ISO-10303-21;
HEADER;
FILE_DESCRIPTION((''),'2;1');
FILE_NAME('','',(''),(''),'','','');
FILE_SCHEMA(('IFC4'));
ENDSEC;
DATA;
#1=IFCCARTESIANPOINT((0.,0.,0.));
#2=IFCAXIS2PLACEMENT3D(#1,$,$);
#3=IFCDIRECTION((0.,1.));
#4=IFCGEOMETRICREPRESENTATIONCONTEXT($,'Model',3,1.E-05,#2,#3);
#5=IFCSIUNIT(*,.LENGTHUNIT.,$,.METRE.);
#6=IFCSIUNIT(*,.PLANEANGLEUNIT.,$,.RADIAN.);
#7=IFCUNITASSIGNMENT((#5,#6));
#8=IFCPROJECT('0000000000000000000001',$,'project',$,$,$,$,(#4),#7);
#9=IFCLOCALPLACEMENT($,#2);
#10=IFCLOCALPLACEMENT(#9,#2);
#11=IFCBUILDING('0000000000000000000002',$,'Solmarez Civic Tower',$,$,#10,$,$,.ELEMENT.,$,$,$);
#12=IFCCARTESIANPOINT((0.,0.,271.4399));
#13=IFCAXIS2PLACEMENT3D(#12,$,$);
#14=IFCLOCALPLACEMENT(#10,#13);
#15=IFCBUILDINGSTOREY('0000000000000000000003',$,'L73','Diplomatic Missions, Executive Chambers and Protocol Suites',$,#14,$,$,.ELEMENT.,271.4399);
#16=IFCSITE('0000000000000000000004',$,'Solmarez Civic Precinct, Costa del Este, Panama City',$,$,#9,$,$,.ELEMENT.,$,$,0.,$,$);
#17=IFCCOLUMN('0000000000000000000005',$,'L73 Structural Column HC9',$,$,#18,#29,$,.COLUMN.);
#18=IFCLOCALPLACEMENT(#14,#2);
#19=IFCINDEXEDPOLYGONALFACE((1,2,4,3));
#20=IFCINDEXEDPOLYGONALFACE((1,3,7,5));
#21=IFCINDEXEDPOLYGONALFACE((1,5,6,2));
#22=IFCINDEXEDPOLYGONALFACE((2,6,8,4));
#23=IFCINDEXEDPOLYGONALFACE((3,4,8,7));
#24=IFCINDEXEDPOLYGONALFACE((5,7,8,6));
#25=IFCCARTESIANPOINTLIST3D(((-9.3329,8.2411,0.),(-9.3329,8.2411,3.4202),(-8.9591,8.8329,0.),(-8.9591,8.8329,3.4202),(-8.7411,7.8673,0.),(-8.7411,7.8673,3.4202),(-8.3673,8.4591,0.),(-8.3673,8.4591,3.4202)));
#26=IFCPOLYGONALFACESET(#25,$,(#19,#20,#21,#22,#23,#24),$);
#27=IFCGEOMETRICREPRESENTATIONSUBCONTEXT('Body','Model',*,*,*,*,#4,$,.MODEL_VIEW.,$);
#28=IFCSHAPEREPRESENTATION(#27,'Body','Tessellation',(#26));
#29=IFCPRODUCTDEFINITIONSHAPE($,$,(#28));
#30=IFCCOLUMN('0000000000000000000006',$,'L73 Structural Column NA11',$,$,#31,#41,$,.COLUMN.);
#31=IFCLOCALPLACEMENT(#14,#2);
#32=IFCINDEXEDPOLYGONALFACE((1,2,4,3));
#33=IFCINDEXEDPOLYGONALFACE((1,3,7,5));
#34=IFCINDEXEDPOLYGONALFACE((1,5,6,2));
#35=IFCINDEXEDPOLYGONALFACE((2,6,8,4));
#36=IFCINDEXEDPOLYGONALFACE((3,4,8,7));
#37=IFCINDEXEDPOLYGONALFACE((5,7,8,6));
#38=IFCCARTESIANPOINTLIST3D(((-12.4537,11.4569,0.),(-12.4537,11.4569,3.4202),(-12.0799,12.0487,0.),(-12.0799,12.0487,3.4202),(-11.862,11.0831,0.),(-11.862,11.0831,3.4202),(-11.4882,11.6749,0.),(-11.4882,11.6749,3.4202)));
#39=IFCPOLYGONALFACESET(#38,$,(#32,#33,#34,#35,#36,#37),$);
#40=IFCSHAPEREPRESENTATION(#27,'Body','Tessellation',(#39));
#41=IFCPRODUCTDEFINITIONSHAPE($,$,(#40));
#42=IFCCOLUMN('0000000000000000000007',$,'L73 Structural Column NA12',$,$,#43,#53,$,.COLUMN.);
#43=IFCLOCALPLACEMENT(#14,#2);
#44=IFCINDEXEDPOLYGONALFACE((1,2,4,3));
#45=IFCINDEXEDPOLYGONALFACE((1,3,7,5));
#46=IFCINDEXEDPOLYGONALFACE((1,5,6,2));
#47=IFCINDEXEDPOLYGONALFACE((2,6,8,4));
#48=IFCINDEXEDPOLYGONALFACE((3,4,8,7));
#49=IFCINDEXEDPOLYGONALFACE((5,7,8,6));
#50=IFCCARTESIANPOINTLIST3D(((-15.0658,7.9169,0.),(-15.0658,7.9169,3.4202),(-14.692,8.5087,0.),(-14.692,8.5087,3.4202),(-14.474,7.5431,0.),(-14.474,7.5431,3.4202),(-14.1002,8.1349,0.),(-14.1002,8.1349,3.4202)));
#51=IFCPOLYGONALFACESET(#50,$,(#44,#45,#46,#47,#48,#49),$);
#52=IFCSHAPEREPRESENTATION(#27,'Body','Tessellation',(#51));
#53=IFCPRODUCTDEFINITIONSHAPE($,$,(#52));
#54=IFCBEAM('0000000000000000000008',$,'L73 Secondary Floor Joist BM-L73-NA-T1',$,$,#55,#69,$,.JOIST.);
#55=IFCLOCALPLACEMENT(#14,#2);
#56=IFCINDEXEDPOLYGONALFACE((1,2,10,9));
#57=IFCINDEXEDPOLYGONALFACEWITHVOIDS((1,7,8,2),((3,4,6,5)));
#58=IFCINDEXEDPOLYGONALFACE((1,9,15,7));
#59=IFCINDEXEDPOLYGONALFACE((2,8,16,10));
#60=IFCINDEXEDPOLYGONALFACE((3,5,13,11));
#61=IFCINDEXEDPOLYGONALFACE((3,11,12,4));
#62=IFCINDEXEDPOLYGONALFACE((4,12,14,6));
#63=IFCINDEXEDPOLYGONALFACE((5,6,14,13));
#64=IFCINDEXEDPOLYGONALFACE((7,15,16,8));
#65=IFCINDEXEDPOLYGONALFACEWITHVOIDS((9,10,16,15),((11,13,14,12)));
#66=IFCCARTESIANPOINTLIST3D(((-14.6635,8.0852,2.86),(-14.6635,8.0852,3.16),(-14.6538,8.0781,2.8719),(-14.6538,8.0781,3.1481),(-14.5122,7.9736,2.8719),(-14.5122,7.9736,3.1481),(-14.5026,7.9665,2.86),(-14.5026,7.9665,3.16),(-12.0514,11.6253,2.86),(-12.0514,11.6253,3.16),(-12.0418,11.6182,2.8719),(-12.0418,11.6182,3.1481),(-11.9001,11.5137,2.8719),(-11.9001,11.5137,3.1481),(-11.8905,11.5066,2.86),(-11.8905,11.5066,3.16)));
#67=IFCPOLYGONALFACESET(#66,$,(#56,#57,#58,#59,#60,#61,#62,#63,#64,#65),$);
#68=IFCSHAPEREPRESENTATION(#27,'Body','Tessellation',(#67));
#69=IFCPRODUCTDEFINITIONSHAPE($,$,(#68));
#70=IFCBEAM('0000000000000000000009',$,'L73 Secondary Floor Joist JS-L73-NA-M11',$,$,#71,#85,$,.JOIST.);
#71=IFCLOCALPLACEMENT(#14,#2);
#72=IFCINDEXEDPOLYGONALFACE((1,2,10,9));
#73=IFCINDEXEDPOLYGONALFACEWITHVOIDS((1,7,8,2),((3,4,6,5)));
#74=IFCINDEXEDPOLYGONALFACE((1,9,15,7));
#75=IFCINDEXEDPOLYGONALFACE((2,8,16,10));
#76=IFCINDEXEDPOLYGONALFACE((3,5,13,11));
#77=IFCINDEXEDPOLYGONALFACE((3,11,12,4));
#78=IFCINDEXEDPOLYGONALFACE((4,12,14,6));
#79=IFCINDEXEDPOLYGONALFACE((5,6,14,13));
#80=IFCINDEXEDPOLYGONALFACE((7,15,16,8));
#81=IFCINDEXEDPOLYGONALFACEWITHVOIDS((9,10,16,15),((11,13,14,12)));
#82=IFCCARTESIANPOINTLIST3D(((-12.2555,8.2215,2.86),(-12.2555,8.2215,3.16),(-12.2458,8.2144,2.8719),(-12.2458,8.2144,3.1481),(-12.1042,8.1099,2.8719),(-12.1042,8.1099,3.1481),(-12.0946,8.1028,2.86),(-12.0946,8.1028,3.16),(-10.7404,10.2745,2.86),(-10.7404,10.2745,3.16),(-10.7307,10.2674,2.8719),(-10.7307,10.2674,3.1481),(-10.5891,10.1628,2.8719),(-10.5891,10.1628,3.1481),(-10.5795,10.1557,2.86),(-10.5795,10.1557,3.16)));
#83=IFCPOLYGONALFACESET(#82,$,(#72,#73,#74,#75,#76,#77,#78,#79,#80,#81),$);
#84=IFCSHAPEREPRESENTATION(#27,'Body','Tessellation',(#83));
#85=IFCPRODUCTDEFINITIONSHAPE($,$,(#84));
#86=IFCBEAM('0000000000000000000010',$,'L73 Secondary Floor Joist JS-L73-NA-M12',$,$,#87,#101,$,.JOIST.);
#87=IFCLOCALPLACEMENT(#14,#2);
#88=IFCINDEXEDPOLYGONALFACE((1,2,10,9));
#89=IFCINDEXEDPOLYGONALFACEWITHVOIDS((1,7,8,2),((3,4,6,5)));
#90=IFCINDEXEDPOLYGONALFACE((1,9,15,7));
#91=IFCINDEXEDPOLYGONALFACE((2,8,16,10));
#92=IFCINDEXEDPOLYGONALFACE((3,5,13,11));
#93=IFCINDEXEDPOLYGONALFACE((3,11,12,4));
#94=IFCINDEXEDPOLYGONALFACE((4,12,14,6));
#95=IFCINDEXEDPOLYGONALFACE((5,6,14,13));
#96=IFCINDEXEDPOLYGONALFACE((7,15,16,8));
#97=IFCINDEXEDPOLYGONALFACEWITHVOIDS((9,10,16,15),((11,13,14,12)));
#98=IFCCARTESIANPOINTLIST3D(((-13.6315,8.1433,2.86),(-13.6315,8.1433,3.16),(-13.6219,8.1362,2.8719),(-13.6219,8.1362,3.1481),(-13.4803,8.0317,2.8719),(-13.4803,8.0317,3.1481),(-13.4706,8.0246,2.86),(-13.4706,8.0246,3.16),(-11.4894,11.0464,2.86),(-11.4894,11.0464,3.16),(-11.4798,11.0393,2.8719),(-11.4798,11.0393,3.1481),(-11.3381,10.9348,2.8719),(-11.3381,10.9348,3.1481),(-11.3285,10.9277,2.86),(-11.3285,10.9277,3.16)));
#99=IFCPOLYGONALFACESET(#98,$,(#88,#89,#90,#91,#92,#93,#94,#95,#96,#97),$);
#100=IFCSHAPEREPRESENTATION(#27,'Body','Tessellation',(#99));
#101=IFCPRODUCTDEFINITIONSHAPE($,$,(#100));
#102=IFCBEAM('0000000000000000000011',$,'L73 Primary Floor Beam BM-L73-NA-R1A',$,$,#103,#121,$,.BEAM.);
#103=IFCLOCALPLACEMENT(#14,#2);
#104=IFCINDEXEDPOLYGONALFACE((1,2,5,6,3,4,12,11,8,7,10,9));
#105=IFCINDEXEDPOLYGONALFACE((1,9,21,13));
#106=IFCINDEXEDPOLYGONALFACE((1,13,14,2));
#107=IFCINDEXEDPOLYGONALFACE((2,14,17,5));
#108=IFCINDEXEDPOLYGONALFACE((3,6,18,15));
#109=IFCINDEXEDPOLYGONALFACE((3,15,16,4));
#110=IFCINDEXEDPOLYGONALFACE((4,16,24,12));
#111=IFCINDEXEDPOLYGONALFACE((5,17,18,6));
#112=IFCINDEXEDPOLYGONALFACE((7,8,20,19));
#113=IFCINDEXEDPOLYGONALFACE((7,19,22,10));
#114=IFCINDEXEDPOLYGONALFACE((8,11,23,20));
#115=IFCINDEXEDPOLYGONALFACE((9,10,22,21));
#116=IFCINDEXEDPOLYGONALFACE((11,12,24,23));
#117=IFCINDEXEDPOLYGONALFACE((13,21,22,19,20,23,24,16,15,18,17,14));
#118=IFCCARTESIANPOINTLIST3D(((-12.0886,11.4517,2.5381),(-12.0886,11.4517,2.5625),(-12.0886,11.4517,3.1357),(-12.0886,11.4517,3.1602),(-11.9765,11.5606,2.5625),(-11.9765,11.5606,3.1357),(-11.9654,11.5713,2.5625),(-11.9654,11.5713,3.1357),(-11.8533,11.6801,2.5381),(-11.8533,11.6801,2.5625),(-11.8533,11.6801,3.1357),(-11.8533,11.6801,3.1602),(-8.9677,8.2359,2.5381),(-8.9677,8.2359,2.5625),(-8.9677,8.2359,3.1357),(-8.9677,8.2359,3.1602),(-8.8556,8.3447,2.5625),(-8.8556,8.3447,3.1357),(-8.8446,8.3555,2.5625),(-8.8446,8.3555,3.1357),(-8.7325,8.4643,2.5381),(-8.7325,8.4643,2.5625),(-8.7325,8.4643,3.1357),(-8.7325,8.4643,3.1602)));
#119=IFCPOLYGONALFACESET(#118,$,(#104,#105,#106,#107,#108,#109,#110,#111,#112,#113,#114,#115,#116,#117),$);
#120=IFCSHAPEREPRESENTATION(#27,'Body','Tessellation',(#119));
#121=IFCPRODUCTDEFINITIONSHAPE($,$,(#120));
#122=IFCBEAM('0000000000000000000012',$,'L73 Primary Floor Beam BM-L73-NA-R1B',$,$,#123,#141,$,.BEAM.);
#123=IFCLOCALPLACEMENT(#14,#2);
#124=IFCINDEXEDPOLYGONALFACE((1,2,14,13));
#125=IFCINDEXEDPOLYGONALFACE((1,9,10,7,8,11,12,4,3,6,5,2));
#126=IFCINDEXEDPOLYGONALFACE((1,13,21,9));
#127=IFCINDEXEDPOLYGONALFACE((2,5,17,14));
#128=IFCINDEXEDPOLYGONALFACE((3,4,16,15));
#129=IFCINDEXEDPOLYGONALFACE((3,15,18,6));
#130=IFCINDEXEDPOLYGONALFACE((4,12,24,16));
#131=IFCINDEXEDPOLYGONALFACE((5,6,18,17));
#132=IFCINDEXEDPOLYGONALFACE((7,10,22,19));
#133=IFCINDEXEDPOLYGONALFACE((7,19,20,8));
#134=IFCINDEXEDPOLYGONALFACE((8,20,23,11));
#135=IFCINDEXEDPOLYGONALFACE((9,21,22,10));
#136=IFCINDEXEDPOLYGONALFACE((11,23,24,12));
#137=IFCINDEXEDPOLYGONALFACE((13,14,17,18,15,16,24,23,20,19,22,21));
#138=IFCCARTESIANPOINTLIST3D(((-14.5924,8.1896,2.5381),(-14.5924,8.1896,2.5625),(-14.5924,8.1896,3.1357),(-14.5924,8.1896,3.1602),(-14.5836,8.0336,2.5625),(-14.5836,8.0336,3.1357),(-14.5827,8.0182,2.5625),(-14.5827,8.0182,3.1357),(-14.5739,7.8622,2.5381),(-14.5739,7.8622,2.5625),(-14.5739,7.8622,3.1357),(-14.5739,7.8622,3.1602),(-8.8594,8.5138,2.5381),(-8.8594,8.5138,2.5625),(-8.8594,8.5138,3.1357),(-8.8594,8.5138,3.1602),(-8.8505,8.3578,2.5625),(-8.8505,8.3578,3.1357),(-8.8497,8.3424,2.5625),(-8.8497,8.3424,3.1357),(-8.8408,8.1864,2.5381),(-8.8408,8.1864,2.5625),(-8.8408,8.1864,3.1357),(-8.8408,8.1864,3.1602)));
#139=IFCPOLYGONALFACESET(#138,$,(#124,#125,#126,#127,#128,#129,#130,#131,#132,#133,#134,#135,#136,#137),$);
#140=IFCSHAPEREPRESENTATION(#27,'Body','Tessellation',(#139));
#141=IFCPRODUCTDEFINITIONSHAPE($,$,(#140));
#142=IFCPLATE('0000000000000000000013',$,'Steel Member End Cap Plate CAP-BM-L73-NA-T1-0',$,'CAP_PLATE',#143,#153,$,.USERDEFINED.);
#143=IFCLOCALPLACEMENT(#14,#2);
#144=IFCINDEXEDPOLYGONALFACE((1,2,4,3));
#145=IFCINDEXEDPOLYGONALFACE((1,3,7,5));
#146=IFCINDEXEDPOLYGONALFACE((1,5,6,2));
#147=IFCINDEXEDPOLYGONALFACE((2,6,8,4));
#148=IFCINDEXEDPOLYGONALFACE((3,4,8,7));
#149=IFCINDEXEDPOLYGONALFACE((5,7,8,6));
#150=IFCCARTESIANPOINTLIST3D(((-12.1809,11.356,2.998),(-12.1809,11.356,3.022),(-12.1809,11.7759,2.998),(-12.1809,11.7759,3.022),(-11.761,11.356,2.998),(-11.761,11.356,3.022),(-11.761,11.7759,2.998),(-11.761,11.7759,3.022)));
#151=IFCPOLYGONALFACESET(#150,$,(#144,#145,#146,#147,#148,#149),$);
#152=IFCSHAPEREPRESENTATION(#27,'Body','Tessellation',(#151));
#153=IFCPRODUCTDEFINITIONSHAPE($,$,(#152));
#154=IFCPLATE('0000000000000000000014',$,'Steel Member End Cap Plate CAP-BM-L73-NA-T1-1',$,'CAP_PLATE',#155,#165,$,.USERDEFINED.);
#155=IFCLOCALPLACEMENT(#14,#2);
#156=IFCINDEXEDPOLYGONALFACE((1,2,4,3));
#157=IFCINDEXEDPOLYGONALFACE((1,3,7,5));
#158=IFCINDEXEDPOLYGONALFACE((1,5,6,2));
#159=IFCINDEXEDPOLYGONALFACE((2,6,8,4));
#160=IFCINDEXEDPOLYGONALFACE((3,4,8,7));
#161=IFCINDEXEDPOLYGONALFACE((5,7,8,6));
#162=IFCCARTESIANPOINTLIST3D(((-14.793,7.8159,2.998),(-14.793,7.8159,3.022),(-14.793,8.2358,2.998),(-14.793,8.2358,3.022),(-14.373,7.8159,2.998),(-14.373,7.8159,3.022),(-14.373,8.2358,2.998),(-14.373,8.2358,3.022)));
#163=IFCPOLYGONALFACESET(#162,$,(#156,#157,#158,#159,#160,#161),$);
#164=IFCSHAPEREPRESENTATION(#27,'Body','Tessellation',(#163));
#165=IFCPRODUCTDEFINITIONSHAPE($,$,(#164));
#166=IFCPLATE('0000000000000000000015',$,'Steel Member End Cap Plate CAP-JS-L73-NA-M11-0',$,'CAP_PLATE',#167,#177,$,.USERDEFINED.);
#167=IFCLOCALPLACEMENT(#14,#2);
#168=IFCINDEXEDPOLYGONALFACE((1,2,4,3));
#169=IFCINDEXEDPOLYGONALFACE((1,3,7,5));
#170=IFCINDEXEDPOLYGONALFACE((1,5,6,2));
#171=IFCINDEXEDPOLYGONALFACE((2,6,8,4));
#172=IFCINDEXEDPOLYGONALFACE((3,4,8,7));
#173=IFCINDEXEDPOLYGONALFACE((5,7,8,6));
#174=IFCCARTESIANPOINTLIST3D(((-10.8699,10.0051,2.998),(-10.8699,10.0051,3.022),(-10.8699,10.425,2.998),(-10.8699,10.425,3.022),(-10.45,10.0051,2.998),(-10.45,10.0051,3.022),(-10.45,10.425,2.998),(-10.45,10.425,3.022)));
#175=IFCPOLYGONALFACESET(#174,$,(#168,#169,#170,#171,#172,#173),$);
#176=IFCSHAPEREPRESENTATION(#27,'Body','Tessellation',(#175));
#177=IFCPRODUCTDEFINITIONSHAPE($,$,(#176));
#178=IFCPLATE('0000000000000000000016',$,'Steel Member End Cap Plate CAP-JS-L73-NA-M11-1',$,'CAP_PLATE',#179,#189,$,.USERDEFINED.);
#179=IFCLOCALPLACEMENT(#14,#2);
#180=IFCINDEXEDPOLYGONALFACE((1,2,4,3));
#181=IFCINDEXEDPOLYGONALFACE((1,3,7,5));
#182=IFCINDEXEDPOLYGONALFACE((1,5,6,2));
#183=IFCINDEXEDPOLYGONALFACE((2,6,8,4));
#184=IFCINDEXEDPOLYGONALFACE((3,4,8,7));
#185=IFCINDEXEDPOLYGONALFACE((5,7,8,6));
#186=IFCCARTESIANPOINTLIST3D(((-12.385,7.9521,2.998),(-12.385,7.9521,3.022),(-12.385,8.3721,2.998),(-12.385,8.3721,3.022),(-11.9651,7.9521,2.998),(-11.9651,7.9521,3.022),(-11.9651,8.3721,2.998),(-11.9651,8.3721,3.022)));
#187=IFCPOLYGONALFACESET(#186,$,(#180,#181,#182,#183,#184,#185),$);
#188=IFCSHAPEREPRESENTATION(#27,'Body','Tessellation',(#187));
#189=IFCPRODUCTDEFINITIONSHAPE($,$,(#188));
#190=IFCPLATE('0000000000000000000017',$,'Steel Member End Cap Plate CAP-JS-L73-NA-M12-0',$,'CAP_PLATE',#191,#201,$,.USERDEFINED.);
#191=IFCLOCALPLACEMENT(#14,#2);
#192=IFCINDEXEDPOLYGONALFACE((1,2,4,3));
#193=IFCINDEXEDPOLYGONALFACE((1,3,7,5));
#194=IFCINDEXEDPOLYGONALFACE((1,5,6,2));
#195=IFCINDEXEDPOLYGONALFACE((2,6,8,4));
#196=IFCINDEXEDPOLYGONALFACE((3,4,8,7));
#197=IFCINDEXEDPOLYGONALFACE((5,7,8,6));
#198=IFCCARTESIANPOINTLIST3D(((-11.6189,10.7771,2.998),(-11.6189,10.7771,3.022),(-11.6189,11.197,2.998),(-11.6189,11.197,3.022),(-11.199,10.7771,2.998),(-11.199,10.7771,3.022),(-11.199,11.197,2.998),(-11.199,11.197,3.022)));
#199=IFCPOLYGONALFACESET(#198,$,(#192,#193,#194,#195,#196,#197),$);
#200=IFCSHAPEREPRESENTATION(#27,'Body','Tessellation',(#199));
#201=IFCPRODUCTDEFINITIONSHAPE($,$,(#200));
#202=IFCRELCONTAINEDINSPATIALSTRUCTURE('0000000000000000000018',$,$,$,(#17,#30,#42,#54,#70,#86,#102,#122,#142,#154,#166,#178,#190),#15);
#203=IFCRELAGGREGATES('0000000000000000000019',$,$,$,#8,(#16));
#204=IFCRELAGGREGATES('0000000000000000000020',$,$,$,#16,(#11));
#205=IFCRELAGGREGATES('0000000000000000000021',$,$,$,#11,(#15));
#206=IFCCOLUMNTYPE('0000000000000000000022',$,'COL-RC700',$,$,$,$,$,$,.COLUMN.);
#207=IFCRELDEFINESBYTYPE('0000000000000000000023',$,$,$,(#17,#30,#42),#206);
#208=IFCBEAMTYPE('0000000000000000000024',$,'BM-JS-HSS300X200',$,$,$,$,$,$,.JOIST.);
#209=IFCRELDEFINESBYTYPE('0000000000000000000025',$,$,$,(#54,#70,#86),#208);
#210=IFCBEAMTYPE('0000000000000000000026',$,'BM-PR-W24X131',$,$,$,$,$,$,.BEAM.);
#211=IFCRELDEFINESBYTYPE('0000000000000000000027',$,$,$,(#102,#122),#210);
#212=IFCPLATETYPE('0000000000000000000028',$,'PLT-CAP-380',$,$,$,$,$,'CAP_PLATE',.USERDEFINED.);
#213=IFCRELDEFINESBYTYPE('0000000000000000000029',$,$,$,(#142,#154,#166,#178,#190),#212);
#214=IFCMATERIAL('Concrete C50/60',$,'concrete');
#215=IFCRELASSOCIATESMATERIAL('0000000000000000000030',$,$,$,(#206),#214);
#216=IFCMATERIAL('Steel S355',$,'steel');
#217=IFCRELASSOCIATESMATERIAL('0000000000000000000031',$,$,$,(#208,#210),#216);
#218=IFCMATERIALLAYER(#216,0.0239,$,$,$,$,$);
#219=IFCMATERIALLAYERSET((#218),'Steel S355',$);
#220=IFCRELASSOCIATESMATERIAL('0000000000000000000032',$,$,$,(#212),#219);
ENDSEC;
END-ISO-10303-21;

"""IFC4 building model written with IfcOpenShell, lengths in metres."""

from ifc_helpers import new_model, si_unit, direction, frame, origin, origin_2d, place, context, subcontext, project, spatial, rectangle, hollow_rectangle, i_section, extrude, material, layer, layer_set, material_profile, profile_set, type_object, element, save


model = new_model("IFC4")

# Units and contexts
model_context = context("Model", 3, precision=1e-05, world=origin(), true_north=direction((0.0, 1.0)))
body_context = subcontext(model_context, "Body", "Model", "MODEL_VIEW")
ifc_project = project(units=[si_unit("LENGTHUNIT", "METRE"), si_unit("PLANEANGLEUNIT", "RADIAN")], contexts=[model_context])

# Site, building, storey
site_placement = place(None, origin())
site = spatial("IfcSite", under=ifc_project, at=site_placement, Name="Solmarez Civic Precinct, Costa del Este, Panama City", CompositionType="ELEMENT", RefElevation=0.0)
building_placement = place(site_placement, origin())
building = spatial("IfcBuilding", under=site, at=building_placement, Name="Solmarez Civic Tower", CompositionType="ELEMENT")
storey_placement = place(building_placement, frame((0.0, 0.0, 271.4399)))
storey = spatial("IfcBuildingStorey", under=building, at=storey_placement, Name="L73", Description="Diplomatic Missions, Executive Chambers and Protocol Suites", CompositionType="ELEMENT", Elevation=271.4399)

# Columns
ifc_material_1 = material(Name="Concrete C50/60", Category="concrete")
ifc_material_profile_1 = material_profile(ifc_material_1, rectangle(XDim=0.7, YDim=0.7, at=origin_2d()), Name="RC700X700")
ifc_profile_set_1 = profile_set([ifc_material_profile_1], Name="Concrete C50/60")
column_type = type_object("IfcColumnType", Name="COL-RC700", PredefinedType="COLUMN", material=ifc_profile_set_1)
for number, where, z_axis, x_axis, name in (
    (1, (-8.8501, 8.3501, 0.0), (0.0, 0.0, 1.0), (0.534057, 0.845448, 0.0), "L73 Structural Column HC9"),
    (2, (-11.9709, 11.5659, 0.0), (0.0, 0.0, 1.0), (0.534057, 0.845448, 0.0), "L73 Structural Column NA11"),
    (3, (-14.583, 8.0259, 0.0), (0.0, 0.0, 1.0), (0.534057, 0.845448, 0.0), "L73 Structural Column NA12"),
):
    element("IfcColumn", number, at=place(storey_placement, frame(where, z_axis=z_axis, x_axis=x_axis)), inside=storey, type_object=column_type, Name=name, PredefinedType="COLUMN", context=body_context, shape_type="SweptSolid", body=[
        extrude(rectangle(XDim=0.7, YDim=0.7, at=origin_2d()), origin(), (0.0, 0.0, 1.0), 3.4202),
    ])

# Beams
ifc_material_2 = material(Name="Steel S355", Category="steel")
ifc_material_profile_2 = material_profile(ifc_material_2, hollow_rectangle(XDim=0.2, YDim=0.3, WallThickness=0.012, at=origin_2d()), Name="HSS300X200X12")
ifc_profile_set_2 = profile_set([ifc_material_profile_2], Name="Steel S355")
beam_type_1 = type_object("IfcBeamType", Name="BM-JS-HSS300X200", PredefinedType="JOIST", material=ifc_profile_set_2)
beam_1_placement = place(storey_placement, frame((-11.9709, 11.5659, 3.01), z_axis=(-0.593731, -0.804664, 0.0), x_axis=(0.804664, -0.593731, 0.0)))
element("IfcBeam", 4, at=beam_1_placement, inside=storey, type_object=beam_type_1, Name="L73 Secondary Floor Joist BM-L73-NA-T1", PredefinedType="JOIST", context=body_context, shape_type="SweptSolid", body=[
    extrude(hollow_rectangle(XDim=0.2, YDim=0.3, WallThickness=0.012, at=origin_2d()), origin(), (0.0, 0.0, 1.0), 4.3994),
])
beam_2_placement = place(storey_placement, frame((-10.6599, 10.2151, 3.01), z_axis=(-0.593812, -0.804603, 0.0), x_axis=(0.804603, -0.593812, 0.0)))
element("IfcBeam", 5, at=beam_2_placement, inside=storey, type_object=beam_type_1, Name="L73 Secondary Floor Joist JS-L73-NA-M11", PredefinedType="JOIST", context=body_context, shape_type="SweptSolid", body=[
    extrude(hollow_rectangle(XDim=0.2, YDim=0.3, WallThickness=0.012, at=origin_2d()), origin(), (0.0, 0.0, 1.0), 2.5515),
])
beam_3_placement = place(storey_placement, frame((-11.4089, 10.9871, 3.01), z_axis=(-0.593734, -0.804661, 0.0), x_axis=(0.804661, -0.593734, 0.0)))
element("IfcBeam", 6, at=beam_3_placement, inside=storey, type_object=beam_type_1, Name="L73 Secondary Floor Joist JS-L73-NA-M12", PredefinedType="JOIST", context=body_context, shape_type="SweptSolid", body=[
    extrude(hollow_rectangle(XDim=0.2, YDim=0.3, WallThickness=0.012, at=origin_2d()), origin(), (0.0, 0.0, 1.0), 3.6079),
])
ifc_material_profile_3 = material_profile(ifc_material_2, i_section(OverallWidth=0.3279, OverallDepth=0.6221, WebThickness=0.0154, FlangeThickness=0.0244, at=origin_2d()), Name="W24X131")
ifc_profile_set_3 = profile_set([ifc_material_profile_3], Name="Steel S355")
beam_type_2 = type_object("IfcBeamType", Name="BM-PR-W24X131", PredefinedType="BEAM", material=ifc_profile_set_3)
beam_4_placement = place(storey_placement, frame((-8.8501, 8.3501, 2.8491), z_axis=(-0.696431, 0.717624, 0.0), x_axis=(-0.717624, -0.696431, 0.0)))
element("IfcBeam", 7, at=beam_4_placement, inside=storey, type_object=beam_type_2, Name="L73 Primary Floor Beam BM-L73-NA-R1A", PredefinedType="BEAM", context=body_context, shape_type="SweptSolid", body=[
    extrude(i_section(OverallWidth=0.3279, OverallDepth=0.6221, WebThickness=0.0154, FlangeThickness=0.0244, at=origin_2d()), origin(), (0.0, 0.0, 1.0), 4.4812),
])
beam_5_placement = place(storey_placement, frame((-8.8501, 8.3501, 2.8491), z_axis=(-0.998405, -0.056464, 0.0), x_axis=(0.056464, -0.998405, 0.0)))
element("IfcBeam", 8, at=beam_5_placement, inside=storey, type_object=beam_type_2, Name="L73 Primary Floor Beam BM-L73-NA-R1B", PredefinedType="BEAM", context=body_context, shape_type="SweptSolid", body=[
    extrude(i_section(OverallWidth=0.3279, OverallDepth=0.6221, WebThickness=0.0154, FlangeThickness=0.0244, at=origin_2d()), origin(), (0.0, 0.0, 1.0), 5.7422),
])

# Plates
ifc_layer_1 = layer(ifc_material_2, 0.0239)
ifc_layer_set_1 = layer_set([ifc_layer_1], Name="Steel S355")
plate_type = type_object("IfcPlateType", Name="PLT-CAP-380", ElementType="CAP_PLATE", PredefinedType="USERDEFINED", material=ifc_layer_set_1)
for number, where, z_axis, x_axis, name in (
    (9, (-11.9709, 11.5659, 2.998), (0.0, 0.0, 1.0), (1.0, 0.0, 0.0), "Steel Member End Cap Plate CAP-BM-L73-NA-T1-0"),
    (10, (-14.583, 8.0259, 2.998), (0.0, 0.0, 1.0), (1.0, 0.0, 0.0), "Steel Member End Cap Plate CAP-BM-L73-NA-T1-1"),
    (11, (-10.6599, 10.2151, 2.998), (0.0, 0.0, 1.0), (1.0, 0.0, 0.0), "Steel Member End Cap Plate CAP-JS-L73-NA-M11-0"),
    (12, (-12.175, 8.1621, 2.998), (0.0, 0.0, 1.0), (1.0, 0.0, 0.0), "Steel Member End Cap Plate CAP-JS-L73-NA-M11-1"),
    (13, (-11.4089, 10.9871, 2.998), (0.0, 0.0, 1.0), (1.0, 0.0, 0.0), "Steel Member End Cap Plate CAP-JS-L73-NA-M12-0"),
):
    element("IfcPlate", number, at=place(storey_placement, frame(where, z_axis=z_axis, x_axis=x_axis)), inside=storey, type_object=plate_type, Name=name, ObjectType="CAP_PLATE", PredefinedType="USERDEFINED", context=body_context, shape_type="SweptSolid", body=[
        extrude(rectangle(XDim=0.4199, YDim=0.4199, at=origin_2d()), origin(), (0.0, 0.0, 1.0), 0.0239),
    ])

save(model, "model.ifc")
